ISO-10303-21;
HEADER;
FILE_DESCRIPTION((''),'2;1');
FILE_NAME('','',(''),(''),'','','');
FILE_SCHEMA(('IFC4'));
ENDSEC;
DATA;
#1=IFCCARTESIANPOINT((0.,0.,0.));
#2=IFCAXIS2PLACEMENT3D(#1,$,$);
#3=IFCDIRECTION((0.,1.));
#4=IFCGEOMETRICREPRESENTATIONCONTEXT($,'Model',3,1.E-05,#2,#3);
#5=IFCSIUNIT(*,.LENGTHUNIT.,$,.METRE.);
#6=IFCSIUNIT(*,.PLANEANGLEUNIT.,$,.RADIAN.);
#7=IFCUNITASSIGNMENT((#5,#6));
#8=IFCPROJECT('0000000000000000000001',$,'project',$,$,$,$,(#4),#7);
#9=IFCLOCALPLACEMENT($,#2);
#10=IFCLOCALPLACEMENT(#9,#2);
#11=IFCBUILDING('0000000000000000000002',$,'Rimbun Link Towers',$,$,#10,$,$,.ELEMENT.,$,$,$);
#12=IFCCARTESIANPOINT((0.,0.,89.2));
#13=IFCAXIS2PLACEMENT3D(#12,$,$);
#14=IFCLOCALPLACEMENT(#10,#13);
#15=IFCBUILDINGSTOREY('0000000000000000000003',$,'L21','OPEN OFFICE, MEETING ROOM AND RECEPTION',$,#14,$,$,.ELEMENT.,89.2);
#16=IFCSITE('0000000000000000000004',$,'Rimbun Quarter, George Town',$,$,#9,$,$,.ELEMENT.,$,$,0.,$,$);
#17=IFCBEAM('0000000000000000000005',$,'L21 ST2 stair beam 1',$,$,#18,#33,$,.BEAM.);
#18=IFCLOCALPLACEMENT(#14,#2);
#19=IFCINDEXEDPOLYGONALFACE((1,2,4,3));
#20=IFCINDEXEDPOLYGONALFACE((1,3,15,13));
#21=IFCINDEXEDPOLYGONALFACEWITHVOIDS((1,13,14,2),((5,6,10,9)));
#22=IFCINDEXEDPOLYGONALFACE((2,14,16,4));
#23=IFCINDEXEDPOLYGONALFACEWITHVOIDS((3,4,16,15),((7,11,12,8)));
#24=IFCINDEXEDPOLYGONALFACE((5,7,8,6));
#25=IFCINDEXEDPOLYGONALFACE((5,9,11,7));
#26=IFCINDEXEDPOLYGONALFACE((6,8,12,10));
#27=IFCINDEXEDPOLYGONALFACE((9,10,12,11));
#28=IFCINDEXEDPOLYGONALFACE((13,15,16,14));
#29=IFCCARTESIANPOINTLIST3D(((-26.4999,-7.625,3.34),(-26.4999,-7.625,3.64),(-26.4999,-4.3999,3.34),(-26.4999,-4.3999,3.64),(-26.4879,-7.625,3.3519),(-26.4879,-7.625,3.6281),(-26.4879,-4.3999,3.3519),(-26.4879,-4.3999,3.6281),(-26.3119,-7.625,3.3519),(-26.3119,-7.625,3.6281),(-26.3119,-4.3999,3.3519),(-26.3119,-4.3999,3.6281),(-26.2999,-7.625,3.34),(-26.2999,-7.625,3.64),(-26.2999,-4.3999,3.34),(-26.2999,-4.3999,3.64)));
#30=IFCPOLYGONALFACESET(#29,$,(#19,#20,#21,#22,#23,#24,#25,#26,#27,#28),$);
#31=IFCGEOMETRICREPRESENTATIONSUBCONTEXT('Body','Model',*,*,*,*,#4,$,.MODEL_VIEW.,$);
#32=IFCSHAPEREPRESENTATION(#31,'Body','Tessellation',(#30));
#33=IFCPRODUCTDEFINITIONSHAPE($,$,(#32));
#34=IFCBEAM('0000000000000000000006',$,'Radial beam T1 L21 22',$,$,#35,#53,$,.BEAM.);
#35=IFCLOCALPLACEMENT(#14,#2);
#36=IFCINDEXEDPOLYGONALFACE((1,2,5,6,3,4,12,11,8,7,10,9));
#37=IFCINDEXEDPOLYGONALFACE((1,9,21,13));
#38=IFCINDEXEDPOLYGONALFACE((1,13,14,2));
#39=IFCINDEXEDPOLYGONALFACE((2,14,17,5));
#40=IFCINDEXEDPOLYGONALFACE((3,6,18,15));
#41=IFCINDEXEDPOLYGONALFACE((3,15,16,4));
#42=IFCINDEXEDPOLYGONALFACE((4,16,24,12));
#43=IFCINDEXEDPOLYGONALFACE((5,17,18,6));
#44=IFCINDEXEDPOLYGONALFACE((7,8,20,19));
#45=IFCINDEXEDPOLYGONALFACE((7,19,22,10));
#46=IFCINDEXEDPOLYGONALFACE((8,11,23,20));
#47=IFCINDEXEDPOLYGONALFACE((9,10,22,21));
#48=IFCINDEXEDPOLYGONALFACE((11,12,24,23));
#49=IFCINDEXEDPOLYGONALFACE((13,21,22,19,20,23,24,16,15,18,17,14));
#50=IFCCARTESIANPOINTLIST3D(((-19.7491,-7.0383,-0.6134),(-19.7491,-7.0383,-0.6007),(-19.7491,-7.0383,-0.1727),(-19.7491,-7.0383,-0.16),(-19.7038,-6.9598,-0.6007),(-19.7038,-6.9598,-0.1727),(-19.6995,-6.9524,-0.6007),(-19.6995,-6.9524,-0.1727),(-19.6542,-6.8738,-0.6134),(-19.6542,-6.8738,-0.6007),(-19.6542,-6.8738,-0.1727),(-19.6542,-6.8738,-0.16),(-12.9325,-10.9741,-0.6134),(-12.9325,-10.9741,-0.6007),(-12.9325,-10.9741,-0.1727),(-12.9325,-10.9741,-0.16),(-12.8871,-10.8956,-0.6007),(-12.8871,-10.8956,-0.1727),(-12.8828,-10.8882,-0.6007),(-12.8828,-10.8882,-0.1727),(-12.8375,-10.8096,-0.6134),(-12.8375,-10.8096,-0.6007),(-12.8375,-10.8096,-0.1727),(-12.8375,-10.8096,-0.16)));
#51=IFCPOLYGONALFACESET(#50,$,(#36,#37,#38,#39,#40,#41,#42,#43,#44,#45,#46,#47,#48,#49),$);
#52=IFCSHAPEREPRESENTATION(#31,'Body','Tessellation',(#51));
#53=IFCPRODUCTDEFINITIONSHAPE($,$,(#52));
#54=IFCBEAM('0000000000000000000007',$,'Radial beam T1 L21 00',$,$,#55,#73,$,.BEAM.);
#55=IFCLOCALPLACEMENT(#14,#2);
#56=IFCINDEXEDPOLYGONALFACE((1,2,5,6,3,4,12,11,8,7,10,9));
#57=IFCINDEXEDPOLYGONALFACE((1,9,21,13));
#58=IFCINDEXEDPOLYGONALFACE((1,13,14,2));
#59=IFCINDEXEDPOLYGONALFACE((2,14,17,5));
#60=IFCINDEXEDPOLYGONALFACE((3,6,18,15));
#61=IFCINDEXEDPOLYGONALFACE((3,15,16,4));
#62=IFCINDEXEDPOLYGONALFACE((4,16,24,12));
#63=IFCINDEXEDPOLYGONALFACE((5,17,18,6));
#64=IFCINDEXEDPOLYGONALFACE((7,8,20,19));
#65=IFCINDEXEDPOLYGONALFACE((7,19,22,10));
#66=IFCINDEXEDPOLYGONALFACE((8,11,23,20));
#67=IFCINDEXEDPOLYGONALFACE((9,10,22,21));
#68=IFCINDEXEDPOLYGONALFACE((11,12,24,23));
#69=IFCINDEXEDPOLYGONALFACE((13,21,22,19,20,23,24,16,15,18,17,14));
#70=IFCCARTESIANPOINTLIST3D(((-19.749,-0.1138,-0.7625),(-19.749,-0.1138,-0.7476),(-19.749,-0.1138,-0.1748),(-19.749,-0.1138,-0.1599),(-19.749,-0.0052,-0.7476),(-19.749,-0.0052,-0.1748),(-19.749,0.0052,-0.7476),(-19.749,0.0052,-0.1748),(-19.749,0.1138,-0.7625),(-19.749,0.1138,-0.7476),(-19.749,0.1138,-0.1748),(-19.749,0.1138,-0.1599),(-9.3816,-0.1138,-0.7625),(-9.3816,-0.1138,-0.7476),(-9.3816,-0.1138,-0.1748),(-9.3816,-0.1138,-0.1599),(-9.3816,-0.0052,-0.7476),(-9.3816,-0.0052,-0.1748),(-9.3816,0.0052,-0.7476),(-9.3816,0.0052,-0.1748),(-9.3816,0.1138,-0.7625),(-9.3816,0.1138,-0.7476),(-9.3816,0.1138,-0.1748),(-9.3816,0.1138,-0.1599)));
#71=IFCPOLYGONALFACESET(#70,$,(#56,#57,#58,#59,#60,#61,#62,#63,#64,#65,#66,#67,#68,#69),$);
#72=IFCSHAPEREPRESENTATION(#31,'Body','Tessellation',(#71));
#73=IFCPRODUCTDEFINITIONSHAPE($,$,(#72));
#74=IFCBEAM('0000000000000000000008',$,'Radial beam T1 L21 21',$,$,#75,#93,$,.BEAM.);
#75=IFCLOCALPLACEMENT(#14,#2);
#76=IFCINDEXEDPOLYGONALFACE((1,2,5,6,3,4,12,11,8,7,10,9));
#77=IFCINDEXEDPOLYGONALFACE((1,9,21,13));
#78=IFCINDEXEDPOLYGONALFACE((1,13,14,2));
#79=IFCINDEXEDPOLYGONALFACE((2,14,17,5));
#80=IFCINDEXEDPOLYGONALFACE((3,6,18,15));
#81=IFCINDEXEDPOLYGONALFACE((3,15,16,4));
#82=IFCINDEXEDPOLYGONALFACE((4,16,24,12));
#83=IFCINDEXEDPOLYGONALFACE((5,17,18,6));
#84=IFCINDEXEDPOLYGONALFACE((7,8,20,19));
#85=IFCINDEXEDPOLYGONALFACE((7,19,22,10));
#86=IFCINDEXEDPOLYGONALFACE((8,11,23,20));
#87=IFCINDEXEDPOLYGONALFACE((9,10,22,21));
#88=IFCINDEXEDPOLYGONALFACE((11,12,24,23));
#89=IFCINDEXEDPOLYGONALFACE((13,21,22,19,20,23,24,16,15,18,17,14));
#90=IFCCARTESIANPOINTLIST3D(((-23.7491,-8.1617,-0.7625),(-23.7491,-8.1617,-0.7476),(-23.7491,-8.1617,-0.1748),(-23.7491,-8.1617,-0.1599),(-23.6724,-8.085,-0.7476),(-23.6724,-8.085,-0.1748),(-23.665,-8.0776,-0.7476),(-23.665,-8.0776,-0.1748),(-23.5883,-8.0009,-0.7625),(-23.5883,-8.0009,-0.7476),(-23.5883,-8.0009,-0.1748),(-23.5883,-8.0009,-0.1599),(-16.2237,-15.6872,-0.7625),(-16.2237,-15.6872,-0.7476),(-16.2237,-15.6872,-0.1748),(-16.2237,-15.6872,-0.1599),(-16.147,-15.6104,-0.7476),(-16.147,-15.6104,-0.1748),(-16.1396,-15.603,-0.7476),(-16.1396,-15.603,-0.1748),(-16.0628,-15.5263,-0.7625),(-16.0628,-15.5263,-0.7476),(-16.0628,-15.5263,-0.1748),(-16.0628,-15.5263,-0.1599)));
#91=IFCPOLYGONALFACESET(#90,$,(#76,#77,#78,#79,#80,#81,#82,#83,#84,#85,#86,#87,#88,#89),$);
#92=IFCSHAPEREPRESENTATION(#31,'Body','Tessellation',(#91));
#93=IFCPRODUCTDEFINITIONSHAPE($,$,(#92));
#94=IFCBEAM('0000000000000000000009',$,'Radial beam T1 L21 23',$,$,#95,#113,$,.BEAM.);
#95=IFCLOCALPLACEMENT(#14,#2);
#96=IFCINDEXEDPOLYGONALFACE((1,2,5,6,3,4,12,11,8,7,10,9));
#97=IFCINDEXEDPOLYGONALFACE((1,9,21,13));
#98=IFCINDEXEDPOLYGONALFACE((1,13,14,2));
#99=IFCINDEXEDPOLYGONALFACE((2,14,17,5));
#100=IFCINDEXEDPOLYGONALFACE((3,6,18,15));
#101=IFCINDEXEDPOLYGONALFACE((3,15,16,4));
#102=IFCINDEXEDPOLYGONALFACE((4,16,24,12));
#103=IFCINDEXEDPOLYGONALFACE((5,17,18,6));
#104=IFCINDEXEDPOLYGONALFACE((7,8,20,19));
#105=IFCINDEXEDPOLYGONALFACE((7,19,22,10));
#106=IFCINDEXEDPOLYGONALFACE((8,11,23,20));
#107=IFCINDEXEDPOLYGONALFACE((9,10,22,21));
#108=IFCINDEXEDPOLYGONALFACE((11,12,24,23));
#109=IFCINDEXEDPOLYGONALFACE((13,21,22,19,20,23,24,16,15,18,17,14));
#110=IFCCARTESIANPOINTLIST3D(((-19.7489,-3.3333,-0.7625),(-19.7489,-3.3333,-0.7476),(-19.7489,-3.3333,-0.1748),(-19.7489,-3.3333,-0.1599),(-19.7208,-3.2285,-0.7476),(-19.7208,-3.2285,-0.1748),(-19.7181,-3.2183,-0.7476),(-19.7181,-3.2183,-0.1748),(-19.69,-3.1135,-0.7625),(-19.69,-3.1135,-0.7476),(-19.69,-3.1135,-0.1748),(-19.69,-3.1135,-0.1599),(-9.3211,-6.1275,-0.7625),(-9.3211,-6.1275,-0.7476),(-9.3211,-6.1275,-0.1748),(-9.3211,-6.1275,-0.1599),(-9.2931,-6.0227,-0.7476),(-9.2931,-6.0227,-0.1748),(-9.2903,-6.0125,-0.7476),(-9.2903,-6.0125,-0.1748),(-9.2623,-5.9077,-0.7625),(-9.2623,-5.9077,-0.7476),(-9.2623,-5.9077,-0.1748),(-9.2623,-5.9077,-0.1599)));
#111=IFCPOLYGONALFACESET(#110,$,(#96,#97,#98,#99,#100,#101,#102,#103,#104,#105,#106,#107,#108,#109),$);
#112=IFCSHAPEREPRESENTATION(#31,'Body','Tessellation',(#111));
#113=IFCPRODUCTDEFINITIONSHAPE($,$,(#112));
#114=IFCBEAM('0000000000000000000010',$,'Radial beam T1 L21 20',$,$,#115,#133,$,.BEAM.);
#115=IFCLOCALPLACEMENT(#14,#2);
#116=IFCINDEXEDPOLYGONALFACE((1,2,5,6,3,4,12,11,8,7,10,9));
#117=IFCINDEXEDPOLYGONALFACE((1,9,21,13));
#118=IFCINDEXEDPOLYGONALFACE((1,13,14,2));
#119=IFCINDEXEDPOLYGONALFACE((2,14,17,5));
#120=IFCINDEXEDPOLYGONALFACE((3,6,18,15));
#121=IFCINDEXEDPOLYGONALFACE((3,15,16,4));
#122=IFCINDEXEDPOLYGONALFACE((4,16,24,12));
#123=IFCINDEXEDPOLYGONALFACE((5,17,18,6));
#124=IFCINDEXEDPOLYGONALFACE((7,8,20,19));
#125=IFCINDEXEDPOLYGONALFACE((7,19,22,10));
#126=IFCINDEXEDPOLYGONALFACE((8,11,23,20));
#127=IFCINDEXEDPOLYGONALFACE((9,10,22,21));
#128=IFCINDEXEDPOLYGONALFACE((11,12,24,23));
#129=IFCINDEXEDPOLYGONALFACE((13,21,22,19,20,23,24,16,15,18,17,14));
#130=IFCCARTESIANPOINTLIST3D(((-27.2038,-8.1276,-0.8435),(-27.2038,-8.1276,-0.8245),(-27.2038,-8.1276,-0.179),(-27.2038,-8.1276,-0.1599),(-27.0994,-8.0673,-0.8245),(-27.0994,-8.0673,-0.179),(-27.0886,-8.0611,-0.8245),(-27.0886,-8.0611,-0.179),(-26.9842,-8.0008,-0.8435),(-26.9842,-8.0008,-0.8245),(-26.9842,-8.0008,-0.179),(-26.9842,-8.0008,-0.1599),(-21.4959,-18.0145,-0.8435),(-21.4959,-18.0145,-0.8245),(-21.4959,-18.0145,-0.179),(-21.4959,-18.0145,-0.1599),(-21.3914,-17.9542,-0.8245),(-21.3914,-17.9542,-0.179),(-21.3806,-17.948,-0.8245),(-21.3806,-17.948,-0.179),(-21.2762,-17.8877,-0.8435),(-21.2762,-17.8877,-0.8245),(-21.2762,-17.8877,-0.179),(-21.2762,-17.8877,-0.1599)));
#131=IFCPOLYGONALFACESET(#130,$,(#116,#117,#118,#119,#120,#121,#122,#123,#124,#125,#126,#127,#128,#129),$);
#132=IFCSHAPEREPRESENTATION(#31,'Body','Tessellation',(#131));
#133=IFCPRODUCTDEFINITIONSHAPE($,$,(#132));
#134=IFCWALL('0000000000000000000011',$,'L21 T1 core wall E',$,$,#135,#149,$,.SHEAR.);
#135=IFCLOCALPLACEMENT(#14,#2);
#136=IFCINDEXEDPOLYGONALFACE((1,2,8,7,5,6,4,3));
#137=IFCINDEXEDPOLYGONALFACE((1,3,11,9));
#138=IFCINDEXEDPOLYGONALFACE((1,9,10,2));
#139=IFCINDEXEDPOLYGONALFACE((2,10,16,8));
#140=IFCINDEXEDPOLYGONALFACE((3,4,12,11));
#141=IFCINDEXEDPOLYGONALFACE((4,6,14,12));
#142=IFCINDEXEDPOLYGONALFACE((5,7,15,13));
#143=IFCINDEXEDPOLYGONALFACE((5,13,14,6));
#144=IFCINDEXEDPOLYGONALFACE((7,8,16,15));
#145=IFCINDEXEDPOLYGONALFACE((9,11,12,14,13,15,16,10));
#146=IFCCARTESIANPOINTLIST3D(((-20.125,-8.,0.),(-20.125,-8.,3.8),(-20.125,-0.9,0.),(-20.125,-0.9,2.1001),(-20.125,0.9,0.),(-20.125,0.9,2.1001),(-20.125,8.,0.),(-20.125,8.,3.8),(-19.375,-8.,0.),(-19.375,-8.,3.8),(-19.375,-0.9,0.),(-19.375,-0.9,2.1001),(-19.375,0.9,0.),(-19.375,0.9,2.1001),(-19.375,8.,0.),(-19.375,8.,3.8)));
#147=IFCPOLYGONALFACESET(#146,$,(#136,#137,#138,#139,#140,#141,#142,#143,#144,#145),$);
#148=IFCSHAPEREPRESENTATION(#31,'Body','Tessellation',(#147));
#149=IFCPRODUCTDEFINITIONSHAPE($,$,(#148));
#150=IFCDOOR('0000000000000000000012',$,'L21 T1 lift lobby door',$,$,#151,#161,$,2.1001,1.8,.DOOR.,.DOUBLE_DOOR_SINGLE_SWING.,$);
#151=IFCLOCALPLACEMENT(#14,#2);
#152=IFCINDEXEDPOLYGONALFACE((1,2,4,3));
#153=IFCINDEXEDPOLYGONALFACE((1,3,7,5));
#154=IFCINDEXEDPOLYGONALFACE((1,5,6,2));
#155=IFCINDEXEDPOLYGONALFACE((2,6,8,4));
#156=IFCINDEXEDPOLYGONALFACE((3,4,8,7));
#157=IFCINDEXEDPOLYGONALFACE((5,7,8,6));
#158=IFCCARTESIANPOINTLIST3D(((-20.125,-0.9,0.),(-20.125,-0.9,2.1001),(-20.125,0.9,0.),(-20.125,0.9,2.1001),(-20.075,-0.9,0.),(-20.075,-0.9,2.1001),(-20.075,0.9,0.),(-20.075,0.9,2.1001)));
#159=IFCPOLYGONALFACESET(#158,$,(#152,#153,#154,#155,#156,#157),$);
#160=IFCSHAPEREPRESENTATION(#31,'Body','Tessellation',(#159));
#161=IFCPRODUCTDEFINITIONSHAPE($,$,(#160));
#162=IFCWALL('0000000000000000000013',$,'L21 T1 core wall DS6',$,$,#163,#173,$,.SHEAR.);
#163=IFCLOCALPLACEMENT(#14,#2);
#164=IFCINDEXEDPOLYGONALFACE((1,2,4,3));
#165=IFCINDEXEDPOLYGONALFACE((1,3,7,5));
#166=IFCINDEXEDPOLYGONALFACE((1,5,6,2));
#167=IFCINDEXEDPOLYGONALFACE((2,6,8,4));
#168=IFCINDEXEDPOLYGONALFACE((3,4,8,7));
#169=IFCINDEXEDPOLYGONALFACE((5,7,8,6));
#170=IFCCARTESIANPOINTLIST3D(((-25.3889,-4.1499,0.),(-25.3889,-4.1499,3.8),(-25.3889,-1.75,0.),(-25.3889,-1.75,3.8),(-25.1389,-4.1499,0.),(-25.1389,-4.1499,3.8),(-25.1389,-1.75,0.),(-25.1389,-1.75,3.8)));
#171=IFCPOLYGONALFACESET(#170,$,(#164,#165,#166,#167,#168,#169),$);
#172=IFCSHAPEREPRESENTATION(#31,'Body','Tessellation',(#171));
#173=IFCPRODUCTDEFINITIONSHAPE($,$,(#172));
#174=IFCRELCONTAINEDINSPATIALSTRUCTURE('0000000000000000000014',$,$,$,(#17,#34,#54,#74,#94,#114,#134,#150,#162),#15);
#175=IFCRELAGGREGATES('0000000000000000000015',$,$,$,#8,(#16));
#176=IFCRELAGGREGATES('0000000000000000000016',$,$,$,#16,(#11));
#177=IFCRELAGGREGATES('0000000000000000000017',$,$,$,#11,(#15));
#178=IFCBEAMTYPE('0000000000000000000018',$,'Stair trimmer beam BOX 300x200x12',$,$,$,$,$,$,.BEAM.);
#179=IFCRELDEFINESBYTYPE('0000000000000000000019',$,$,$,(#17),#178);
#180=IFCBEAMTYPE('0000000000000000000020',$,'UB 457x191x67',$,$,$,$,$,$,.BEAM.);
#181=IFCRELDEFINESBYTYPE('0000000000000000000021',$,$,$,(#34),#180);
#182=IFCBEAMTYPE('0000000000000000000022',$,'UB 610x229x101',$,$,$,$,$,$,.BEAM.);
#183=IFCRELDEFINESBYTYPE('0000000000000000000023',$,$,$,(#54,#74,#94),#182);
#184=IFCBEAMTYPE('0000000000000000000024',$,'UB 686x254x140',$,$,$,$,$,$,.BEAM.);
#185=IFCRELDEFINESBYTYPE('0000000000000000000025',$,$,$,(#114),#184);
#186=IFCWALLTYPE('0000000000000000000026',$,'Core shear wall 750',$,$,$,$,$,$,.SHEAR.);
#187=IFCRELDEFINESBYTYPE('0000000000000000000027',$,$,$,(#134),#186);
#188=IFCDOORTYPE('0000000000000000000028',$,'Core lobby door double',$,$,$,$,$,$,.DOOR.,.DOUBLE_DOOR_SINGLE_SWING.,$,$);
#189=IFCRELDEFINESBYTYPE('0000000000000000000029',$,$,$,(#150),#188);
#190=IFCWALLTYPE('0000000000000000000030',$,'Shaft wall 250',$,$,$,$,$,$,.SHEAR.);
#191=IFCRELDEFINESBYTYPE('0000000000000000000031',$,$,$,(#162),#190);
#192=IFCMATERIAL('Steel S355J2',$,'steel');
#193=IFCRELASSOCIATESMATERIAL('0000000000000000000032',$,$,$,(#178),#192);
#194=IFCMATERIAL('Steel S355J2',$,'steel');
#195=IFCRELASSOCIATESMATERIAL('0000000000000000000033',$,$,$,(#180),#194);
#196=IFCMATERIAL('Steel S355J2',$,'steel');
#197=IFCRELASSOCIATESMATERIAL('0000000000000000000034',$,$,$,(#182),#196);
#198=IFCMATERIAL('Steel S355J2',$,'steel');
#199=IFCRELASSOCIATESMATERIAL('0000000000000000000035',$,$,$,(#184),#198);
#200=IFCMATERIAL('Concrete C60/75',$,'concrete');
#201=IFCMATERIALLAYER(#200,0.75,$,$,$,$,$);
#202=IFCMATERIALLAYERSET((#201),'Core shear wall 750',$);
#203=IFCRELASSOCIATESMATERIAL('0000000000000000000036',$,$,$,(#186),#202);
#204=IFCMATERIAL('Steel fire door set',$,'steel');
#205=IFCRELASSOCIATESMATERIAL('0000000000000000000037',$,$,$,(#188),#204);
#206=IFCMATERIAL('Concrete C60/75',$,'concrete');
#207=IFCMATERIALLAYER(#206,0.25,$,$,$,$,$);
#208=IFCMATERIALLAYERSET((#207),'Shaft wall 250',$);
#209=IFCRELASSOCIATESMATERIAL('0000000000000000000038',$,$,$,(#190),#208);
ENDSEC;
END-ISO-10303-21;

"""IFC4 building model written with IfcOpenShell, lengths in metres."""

from ifc_helpers import new_model, si_unit, direction, frame, frame_2d, origin, origin_2d, place, context, subcontext, project, spatial, rectangle, hollow_rectangle, i_section, extrude, material, layer, layer_set, material_profile, profile_set, type_object, element, fill, save


model = new_model("IFC4")

# Units and contexts
model_context = context("Model", 3, precision=1e-05, world=origin(), true_north=direction((0.0, 1.0)))
body_context = subcontext(model_context, "Body", "Model", "MODEL_VIEW")
ifc_project = project(units=[si_unit("LENGTHUNIT", "METRE"), si_unit("PLANEANGLEUNIT", "RADIAN")], contexts=[model_context])

# Site, building, storey
site_placement = place(None, origin())
site = spatial("IfcSite", under=ifc_project, at=site_placement, Name="Rimbun Quarter, George Town", CompositionType="ELEMENT", RefElevation=0.0)
building_placement = place(site_placement, origin())
building = spatial("IfcBuilding", under=site, at=building_placement, Name="Rimbun Link Towers", CompositionType="ELEMENT")
storey_placement = place(building_placement, frame((0.0, 0.0, 89.2)))
storey = spatial("IfcBuildingStorey", under=building, at=storey_placement, Name="L21", Description="OPEN OFFICE, MEETING ROOM AND RECEPTION", CompositionType="ELEMENT", Elevation=89.2)

# Beams
ifc_material_1 = material(Name="Steel S355J2", Category="steel")
ifc_material_profile_1 = material_profile(ifc_material_1, hollow_rectangle(XDim=0.2, YDim=0.3, WallThickness=0.012, at=origin_2d()), Name="BOX 300x200x12")
ifc_profile_set_1 = profile_set([ifc_material_profile_1], Name="Steel S355J2")
beam_type_1 = type_object("IfcBeamType", Name="Stair trimmer beam BOX 300x200x12", PredefinedType="BEAM", material=ifc_profile_set_1)
beam_1_placement = place(storey_placement, frame((-26.3999, -7.625, 3.49), z_axis=(0.0, 1.0, 0.0), x_axis=(-1.0, 0.0, 0.0)))
element("IfcBeam", 1, at=beam_1_placement, inside=storey, type_object=beam_type_1, Name="L21 ST2 stair beam 1", PredefinedType="BEAM", context=body_context, shape_type="SweptSolid", body=[
    extrude(hollow_rectangle(XDim=0.2, YDim=0.3, WallThickness=0.012, at=origin_2d()), origin(), (0.0, 0.0, 1.0), 3.2251),
])
ifc_material_2 = material(Name="Steel S355J2", Category="steel")
ifc_material_profile_2 = material_profile(ifc_material_2, i_section(OverallWidth=0.1899, OverallDepth=0.4534, WebThickness=0.0085, FlangeThickness=0.0127, at=origin_2d()), Name="UB 457x191x67")
ifc_profile_set_2 = profile_set([ifc_material_profile_2], Name="Steel S355J2")
beam_type_2 = type_object("IfcBeamType", Name="UB 457x191x67", PredefinedType="BEAM", material=ifc_profile_set_2)
beam_2_placement = place(storey_placement, frame((-19.7017, -6.9561, -0.3867), z_axis=(0.866015, -0.500019, 0.0), x_axis=(0.500019, 0.866015, 0.0)))
element("IfcBeam", 2, at=beam_2_placement, inside=storey, type_object=beam_type_2, Name="Radial beam T1 L21 22", PredefinedType="BEAM", context=body_context, shape_type="SweptSolid", body=[
    extrude(i_section(OverallWidth=0.1899, OverallDepth=0.4534, WebThickness=0.0085, FlangeThickness=0.0127, at=origin_2d()), origin(), (0.0, 0.0, 1.0), 7.8713),
])
ifc_material_3 = material(Name="Steel S355J2", Category="steel")
ifc_material_profile_3 = material_profile(ifc_material_3, i_section(OverallWidth=0.2275, OverallDepth=0.6025, WebThickness=0.0105, FlangeThickness=0.0149, at=origin_2d()), Name="UB 610x229x101")
ifc_profile_set_3 = profile_set([ifc_material_profile_3], Name="Steel S355J2")
beam_type_3 = type_object("IfcBeamType", Name="UB 610x229x101", PredefinedType="BEAM", material=ifc_profile_set_3)
beam_3_placement = place(storey_placement, frame((-19.749, 0.0, -0.4612), z_axis=(1.0, 0.0, 0.0), x_axis=(0.0, 1.0, 0.0)))
element("IfcBeam", 3, at=beam_3_placement, inside=storey, type_object=beam_type_3, Name="Radial beam T1 L21 00", PredefinedType="BEAM", context=body_context, shape_type="SweptSolid", body=[
    extrude(i_section(OverallWidth=0.2275, OverallDepth=0.6025, WebThickness=0.0105, FlangeThickness=0.0149, at=origin_2d()), origin(), (0.0, 0.0, 1.0), 10.3674),
])
beam_4_placement = place(storey_placement, frame((-23.6687, -8.0813, -0.4612), z_axis=(0.707107, -0.707107, 0.0), x_axis=(0.707107, 0.707107, 0.0)))
element("IfcBeam", 4, at=beam_4_placement, inside=storey, type_object=beam_type_3, Name="Radial beam T1 L21 21", PredefinedType="BEAM", context=body_context, shape_type="SweptSolid", body=[
    extrude(i_section(OverallWidth=0.2275, OverallDepth=0.6025, WebThickness=0.0105, FlangeThickness=0.0149, at=origin_2d()), origin(), (0.0, 0.0, 1.0), 10.6426),
])
beam_5_placement = place(storey_placement, frame((-19.7195, -3.2234, -0.4612), z_axis=(0.965924, -0.258827, 0.0), x_axis=(0.258827, 0.965924, 0.0)))
element("IfcBeam", 5, at=beam_5_placement, inside=storey, type_object=beam_type_3, Name="Radial beam T1 L21 23", PredefinedType="BEAM", context=body_context, shape_type="SweptSolid", body=[
    extrude(i_section(OverallWidth=0.2275, OverallDepth=0.6025, WebThickness=0.0105, FlangeThickness=0.0149, at=origin_2d()), origin(), (0.0, 0.0, 1.0), 10.7957),
])
ifc_material_4 = material(Name="Steel S355J2", Category="steel")
ifc_material_profile_4 = material_profile(ifc_material_4, i_section(OverallWidth=0.2537, OverallDepth=0.6836, WebThickness=0.0125, FlangeThickness=0.019, at=origin_2d()), Name="UB 686x254x140")
ifc_profile_set_4 = profile_set([ifc_material_profile_4], Name="Steel S355J2")
beam_type_4 = type_object("IfcBeamType", Name="UB 686x254x140", PredefinedType="BEAM", material=ifc_profile_set_4)
beam_6_placement = place(storey_placement, frame((-27.094, -8.0642, -0.5017), z_axis=(0.499985, -0.866034, 0.0), x_axis=(0.866034, 0.499985, 0.0)))
element("IfcBeam", 6, at=beam_6_placement, inside=storey, type_object=beam_type_4, Name="Radial beam T1 L21 20", PredefinedType="BEAM", context=body_context, shape_type="SweptSolid", body=[
    extrude(i_section(OverallWidth=0.2537, OverallDepth=0.6836, WebThickness=0.0125, FlangeThickness=0.019, at=origin_2d()), origin(), (0.0, 0.0, 1.0), 11.4163),
])

# Wall, opening, door
ifc_material_5 = material(Name="Concrete C60/75", Category="concrete")
ifc_layer_1 = layer(ifc_material_5, 0.75)
ifc_layer_set_1 = layer_set([ifc_layer_1], Name="Core shear wall 750")
wall_type_1 = type_object("IfcWallType", Name="Core shear wall 750", PredefinedType="SHEAR", material=ifc_layer_set_1)
wall_1_placement = place(storey_placement, frame((-19.75, -8.0, 0.0), z_axis=(0.0, 0.0, 1.0), x_axis=(0.0, 1.0, 0.0)))
wall_1 = element("IfcWall", 7, at=wall_1_placement, inside=storey, type_object=wall_type_1, Name="L21 T1 core wall E", PredefinedType="SHEAR", context=body_context, shape_type="SweptSolid", body=[
    extrude(rectangle(XDim=16.0, YDim=0.75, at=frame_2d((8.0, 0.0))), origin(), (0.0, 0.0, 1.0), 3.8),
])
opening_1_placement = place(wall_1_placement, frame((7.1001, 0.0, 0.0)))
opening_1 = element("IfcOpeningElement", 8, at=opening_1_placement, cuts=wall_1, PredefinedType="OPENING", context=body_context, shape_type="SweptSolid", body=[
    extrude(rectangle(XDim=1.8, YDim=2.1001, at=frame_2d((0.8999, 1.05))), frame((0.0, 0.385, 0.0), z_axis=(0.0, -1.0, 0.0), x_axis=(1.0, 0.0, 0.0)), (0.0, 0.0, 1.0), 0.77),
])
ifc_material_6 = material(Name="Steel fire door set", Category="steel")
door_type_1 = type_object("IfcDoorType", Name="Core lobby door double", OperationType="DOUBLE_DOOR_SINGLE_SWING", PredefinedType="DOOR", material=ifc_material_6)
door_1_placement = place(opening_1_placement, origin())
door_1 = element("IfcDoor", 9, at=door_1_placement, inside=storey, type_object=door_type_1, Name="L21 T1 lift lobby door", OperationType="DOUBLE_DOOR_SINGLE_SWING", OverallHeight=2.1001, OverallWidth=1.8, PredefinedType="DOOR", context=body_context, shape_type="SweptSolid", body=[
    extrude(rectangle(XDim=1.8, YDim=2.1001, at=frame_2d((0.8999, 1.05))), frame((0.0, 0.375, 0.0), z_axis=(0.0, -1.0, 0.0), x_axis=(1.0, 0.0, 0.0)), (0.0, 0.0, 1.0), 0.05),
])
fill(opening_1, door_1)

# Wall
ifc_material_7 = material(Name="Concrete C60/75", Category="concrete")
ifc_layer_2 = layer(ifc_material_7, 0.25)
ifc_layer_set_2 = layer_set([ifc_layer_2], Name="Shaft wall 250")
wall_type_2 = type_object("IfcWallType", Name="Shaft wall 250", PredefinedType="SHEAR", material=ifc_layer_set_2)
wall_2_placement = place(storey_placement, frame((-25.2639, -4.1499, 0.0), z_axis=(0.0, 0.0, 1.0), x_axis=(0.0, 1.0, 0.0)))
element("IfcWall", 10, at=wall_2_placement, inside=storey, type_object=wall_type_2, Name="L21 T1 core wall DS6", PredefinedType="SHEAR", context=body_context, shape_type="SweptSolid", body=[
    extrude(rectangle(XDim=2.3999, YDim=0.25, at=frame_2d((1.2, 0.0))), origin(), (0.0, 0.0, 1.0), 3.8),
])

save(model, "model.ifc")
